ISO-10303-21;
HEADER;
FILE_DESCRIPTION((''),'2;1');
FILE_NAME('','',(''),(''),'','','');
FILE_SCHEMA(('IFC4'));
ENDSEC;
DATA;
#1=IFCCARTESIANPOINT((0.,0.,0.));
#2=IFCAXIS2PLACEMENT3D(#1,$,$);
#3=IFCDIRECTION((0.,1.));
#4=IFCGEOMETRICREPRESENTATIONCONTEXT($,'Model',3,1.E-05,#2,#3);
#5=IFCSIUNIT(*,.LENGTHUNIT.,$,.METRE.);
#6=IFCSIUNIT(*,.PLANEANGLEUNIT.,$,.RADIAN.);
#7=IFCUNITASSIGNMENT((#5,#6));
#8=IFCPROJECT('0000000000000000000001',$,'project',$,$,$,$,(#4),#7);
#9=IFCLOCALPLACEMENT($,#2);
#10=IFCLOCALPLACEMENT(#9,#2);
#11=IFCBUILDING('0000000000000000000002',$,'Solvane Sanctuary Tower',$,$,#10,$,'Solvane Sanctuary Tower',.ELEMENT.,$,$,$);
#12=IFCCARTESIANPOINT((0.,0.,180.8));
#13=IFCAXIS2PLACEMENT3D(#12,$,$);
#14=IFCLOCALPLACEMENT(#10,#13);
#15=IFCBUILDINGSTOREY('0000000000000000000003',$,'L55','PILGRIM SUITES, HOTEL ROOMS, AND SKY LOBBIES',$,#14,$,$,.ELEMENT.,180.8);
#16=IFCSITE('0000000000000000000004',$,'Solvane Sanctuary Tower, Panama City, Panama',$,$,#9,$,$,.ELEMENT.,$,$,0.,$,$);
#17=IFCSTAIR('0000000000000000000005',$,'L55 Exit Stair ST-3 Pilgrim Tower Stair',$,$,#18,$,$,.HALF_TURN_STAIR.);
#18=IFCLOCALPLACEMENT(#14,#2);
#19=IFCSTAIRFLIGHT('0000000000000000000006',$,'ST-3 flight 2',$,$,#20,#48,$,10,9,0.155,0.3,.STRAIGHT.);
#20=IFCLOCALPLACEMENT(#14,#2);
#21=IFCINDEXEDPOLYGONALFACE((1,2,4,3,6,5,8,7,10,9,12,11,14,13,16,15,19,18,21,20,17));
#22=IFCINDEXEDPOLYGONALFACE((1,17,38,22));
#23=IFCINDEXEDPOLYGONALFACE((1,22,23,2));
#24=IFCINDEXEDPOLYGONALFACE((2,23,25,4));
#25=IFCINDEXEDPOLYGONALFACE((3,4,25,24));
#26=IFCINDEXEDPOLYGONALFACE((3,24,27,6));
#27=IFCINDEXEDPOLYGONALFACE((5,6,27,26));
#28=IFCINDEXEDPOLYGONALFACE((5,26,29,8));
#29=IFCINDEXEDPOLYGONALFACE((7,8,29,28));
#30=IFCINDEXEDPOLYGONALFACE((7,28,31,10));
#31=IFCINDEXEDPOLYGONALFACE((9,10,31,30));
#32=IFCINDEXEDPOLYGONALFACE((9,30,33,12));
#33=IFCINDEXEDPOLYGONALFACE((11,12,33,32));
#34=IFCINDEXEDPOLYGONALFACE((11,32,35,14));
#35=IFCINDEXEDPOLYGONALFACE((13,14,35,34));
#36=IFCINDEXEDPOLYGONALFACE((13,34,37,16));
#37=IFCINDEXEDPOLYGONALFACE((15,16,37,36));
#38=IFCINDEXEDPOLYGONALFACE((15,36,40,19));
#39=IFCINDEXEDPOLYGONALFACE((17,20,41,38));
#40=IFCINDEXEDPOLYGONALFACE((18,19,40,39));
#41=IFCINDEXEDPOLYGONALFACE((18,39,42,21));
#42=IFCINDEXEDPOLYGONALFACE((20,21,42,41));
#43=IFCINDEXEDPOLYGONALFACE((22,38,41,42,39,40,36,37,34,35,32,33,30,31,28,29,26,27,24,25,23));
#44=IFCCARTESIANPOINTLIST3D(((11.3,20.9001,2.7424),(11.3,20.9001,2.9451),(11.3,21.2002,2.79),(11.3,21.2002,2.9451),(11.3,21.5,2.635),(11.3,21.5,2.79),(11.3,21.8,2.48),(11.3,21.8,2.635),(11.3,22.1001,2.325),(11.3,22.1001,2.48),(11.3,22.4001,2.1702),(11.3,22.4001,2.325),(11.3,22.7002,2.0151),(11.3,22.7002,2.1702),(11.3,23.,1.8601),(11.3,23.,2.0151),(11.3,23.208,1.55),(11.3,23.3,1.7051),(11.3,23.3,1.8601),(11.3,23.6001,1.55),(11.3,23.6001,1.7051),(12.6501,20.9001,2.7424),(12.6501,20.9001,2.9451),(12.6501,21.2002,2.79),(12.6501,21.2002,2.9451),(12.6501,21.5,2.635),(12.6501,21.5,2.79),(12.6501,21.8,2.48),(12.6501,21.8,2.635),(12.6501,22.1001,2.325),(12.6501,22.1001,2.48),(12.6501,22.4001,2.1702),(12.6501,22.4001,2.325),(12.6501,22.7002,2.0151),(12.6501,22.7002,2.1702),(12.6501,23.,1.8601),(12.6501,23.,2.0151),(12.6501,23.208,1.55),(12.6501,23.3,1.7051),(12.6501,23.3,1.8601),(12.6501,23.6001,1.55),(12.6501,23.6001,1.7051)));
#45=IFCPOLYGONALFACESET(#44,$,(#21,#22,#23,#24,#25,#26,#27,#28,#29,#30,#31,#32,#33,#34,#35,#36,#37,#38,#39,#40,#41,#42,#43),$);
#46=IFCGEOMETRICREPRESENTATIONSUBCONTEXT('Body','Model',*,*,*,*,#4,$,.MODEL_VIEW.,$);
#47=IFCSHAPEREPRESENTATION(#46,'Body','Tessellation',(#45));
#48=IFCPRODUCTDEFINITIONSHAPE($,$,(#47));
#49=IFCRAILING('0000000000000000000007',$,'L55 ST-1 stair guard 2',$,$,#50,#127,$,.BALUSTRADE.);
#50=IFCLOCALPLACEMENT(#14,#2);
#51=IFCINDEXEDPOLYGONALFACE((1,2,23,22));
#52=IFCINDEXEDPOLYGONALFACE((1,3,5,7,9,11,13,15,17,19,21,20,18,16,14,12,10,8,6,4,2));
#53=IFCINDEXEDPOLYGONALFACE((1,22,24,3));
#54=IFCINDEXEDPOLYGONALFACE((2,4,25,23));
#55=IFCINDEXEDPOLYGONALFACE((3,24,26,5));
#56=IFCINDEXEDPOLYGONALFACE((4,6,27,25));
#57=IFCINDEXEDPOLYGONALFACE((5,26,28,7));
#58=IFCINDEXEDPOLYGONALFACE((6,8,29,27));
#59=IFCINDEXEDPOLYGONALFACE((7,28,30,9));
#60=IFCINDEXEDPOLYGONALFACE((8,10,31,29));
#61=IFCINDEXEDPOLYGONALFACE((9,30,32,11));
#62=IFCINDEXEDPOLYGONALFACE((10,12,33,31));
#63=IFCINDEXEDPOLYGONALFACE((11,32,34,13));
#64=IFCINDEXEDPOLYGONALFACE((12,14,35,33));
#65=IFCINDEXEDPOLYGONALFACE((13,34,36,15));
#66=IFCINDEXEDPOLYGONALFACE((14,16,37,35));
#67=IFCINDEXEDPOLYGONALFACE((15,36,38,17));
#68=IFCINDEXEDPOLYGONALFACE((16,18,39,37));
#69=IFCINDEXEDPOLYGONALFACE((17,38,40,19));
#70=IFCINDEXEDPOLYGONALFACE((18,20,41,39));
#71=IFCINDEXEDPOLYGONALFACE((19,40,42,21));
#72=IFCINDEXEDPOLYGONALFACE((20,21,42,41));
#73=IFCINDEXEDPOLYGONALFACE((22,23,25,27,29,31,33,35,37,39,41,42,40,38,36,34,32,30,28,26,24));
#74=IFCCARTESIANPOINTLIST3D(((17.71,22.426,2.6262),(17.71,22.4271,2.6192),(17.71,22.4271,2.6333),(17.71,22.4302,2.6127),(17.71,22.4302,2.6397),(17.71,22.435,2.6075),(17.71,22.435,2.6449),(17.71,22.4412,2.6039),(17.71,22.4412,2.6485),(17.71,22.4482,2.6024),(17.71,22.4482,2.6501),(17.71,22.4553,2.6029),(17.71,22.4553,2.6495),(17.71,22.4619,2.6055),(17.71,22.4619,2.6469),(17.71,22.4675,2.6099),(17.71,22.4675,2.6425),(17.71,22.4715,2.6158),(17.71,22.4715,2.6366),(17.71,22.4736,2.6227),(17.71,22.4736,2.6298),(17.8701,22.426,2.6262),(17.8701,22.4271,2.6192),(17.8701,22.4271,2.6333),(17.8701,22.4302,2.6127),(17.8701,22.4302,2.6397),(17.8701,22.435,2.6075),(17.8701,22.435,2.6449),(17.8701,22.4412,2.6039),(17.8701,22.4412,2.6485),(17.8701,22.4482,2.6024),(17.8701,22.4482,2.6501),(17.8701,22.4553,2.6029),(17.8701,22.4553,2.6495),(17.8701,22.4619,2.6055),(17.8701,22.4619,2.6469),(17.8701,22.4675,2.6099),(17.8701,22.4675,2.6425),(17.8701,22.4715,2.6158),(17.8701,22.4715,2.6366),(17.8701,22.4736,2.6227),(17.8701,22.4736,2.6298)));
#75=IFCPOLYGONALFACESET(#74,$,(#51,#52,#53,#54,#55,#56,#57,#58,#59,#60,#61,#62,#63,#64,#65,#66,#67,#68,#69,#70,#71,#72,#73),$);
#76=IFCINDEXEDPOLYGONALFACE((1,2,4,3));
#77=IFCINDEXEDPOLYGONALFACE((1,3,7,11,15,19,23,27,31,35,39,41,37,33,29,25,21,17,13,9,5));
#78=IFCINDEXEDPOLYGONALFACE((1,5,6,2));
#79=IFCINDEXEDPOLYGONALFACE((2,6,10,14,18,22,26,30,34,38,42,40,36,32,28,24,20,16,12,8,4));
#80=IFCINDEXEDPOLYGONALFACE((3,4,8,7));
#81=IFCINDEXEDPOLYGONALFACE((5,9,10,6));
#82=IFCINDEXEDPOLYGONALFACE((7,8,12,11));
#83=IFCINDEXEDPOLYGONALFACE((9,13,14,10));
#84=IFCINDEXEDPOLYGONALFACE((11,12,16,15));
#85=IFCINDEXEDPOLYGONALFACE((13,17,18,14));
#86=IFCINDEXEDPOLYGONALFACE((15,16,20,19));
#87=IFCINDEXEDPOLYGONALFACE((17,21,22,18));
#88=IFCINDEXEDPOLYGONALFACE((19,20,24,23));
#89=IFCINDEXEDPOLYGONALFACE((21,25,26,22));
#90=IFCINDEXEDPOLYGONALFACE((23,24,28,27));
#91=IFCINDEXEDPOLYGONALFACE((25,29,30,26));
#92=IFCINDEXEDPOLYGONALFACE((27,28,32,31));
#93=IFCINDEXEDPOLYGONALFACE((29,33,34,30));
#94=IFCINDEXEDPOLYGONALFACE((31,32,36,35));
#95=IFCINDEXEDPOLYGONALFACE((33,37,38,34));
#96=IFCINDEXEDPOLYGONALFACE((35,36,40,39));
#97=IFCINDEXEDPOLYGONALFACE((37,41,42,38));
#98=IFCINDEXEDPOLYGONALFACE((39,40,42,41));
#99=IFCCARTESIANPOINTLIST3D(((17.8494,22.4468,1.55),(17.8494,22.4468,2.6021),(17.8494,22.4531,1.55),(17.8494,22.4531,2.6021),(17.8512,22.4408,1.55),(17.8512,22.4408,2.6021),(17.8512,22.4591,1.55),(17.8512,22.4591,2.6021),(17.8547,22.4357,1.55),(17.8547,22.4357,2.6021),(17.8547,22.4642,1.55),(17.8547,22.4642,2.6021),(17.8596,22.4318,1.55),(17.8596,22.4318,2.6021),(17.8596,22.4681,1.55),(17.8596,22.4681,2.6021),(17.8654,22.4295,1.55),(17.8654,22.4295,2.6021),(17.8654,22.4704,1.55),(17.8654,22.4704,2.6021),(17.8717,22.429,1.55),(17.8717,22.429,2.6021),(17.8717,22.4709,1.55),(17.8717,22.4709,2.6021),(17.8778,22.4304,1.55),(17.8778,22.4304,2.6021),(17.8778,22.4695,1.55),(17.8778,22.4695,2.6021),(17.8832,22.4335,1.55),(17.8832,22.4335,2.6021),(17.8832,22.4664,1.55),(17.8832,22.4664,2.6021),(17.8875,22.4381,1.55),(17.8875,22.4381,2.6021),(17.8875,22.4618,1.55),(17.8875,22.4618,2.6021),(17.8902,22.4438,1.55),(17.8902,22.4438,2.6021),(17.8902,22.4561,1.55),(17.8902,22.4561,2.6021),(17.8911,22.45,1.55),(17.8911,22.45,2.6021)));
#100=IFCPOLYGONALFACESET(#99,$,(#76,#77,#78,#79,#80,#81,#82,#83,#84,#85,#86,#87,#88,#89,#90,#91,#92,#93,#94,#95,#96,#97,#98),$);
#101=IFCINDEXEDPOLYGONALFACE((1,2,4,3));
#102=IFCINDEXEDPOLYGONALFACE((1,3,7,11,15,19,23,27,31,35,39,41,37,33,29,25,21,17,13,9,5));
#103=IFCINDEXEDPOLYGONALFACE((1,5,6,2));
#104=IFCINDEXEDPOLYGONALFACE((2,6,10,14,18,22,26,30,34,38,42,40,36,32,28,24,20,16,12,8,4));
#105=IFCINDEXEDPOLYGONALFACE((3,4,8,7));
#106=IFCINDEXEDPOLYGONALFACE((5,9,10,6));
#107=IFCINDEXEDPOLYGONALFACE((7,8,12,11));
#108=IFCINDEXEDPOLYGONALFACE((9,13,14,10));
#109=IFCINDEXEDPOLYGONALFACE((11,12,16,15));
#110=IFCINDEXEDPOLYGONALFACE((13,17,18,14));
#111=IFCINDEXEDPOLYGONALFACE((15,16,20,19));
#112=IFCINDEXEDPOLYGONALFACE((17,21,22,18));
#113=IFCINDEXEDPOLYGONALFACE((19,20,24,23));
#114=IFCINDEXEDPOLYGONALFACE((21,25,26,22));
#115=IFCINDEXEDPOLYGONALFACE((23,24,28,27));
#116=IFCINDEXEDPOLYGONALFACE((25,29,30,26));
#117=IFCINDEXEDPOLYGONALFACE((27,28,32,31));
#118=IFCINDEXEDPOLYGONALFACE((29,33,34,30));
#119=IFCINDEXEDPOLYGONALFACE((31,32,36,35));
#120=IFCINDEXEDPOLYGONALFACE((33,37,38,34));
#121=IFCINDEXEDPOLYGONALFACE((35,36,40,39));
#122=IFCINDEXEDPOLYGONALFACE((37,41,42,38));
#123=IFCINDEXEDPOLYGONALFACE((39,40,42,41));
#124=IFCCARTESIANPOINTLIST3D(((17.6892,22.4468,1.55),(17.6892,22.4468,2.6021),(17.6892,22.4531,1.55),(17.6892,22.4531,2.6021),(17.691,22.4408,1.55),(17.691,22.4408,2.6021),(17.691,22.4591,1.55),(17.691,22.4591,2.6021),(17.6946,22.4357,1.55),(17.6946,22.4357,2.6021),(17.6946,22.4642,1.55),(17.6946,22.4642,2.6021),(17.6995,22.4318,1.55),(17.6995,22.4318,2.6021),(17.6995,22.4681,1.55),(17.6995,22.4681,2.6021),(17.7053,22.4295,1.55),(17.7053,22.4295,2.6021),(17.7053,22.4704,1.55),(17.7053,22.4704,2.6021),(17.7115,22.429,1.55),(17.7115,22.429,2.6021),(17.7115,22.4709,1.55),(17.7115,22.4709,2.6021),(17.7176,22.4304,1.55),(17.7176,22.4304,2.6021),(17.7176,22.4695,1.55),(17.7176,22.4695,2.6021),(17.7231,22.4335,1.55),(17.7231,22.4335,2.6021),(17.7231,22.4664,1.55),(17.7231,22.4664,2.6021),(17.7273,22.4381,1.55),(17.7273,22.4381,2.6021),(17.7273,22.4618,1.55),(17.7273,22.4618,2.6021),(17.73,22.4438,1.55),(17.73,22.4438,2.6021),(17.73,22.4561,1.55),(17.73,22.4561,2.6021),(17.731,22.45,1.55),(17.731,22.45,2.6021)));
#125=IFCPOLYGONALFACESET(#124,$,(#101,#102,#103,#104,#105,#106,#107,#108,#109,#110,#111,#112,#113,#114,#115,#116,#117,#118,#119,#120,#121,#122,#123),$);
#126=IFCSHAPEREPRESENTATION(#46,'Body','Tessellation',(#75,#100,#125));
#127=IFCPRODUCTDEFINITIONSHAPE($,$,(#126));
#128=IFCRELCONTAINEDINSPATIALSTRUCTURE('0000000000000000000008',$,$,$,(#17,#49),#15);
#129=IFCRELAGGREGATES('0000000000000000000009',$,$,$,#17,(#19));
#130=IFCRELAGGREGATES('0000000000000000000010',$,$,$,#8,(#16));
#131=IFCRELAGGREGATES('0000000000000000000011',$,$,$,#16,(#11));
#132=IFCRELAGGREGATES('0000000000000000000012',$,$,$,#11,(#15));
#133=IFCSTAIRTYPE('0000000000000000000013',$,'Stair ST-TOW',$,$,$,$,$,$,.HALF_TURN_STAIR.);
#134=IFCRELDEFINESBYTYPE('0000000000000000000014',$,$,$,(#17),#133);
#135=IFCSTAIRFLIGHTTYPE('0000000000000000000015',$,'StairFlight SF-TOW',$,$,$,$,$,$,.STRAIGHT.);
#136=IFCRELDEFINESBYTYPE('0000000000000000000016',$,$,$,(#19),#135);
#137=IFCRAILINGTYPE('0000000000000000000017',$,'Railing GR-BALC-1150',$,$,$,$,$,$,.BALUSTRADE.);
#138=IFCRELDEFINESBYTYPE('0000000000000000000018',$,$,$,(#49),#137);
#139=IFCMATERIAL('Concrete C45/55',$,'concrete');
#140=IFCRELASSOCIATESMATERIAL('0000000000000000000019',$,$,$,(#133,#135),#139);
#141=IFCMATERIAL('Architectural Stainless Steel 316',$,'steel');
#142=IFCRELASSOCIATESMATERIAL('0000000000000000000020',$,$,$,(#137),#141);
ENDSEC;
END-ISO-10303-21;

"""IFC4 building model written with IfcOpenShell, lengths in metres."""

from ifc_helpers import new_model, si_unit, direction, frame, origin, origin_2d, place, context, subcontext, project, spatial, polyline, circle, outline, extrude, material, type_object, element, aggregate, save


model = new_model("IFC4")

# Units and contexts
model_context = context("Model", 3, precision=1e-05, world=origin(), true_north=direction((0.0, 1.0)))
body_context = subcontext(model_context, "Body", "Model", "MODEL_VIEW")
ifc_project = project(units=[si_unit("LENGTHUNIT", "METRE"), si_unit("PLANEANGLEUNIT", "RADIAN")], contexts=[model_context])

# Site, building, storey
site_placement = place(None, origin())
site = spatial("IfcSite", under=ifc_project, at=site_placement, Name="Solvane Sanctuary Tower, Panama City, Panama", CompositionType="ELEMENT", RefElevation=0.0)
building_placement = place(site_placement, origin())
building = spatial("IfcBuilding", under=site, at=building_placement, Name="Solvane Sanctuary Tower", LongName="Solvane Sanctuary Tower", CompositionType="ELEMENT")
storey_placement = place(building_placement, frame((0.0, 0.0, 180.8)))
storey = spatial("IfcBuildingStorey", under=building, at=storey_placement, Name="L55", Description="PILGRIM SUITES, HOTEL ROOMS, AND SKY LOBBIES", CompositionType="ELEMENT", Elevation=180.8)

# Stair, stair flight
ifc_material_1 = material(Name="Concrete C45/55", Category="concrete")
stair_type = type_object("IfcStairType", Name="Stair ST-TOW", PredefinedType="HALF_TURN_STAIR", material=ifc_material_1)
stair_flight_type = type_object("IfcStairFlightType", Name="StairFlight SF-TOW", PredefinedType="STRAIGHT", material=ifc_material_1)
stair_1_placement = place(storey_placement, origin())
stair_1 = element("IfcStair", 1, at=stair_1_placement, inside=storey, type_object=stair_type, Name="L55 Exit Stair ST-3 Pilgrim Tower Stair", PredefinedType="HALF_TURN_STAIR")
stair_flight_1_placement = place(storey_placement, frame((11.9751, 23.6001, 1.55), z_axis=(0.0, 0.0, 1.0), x_axis=(0.0, -1.0, 0.0)))
stair_flight_1 = element("IfcStairFlight", 2, at=stair_flight_1_placement, type_object=stair_flight_type, Name="ST-3 flight 2", NumberOfRisers=10, NumberOfTreads=9, PredefinedType="STRAIGHT", RiserHeight=0.155, TreadLength=0.3, context=body_context, shape_type="SweptSolid", body=[
    extrude(outline(polyline([(0.0, 0.0), (0.0, 0.155), (0.3, 0.155), (0.3, 0.3101), (0.6001, 0.3101), (0.6001, 0.4651), (0.8999, 0.4651), (0.8999, 0.6201), (1.2, 0.6201), (1.2, 0.7749), (1.5, 0.7749), (1.5, 0.9299), (1.8, 0.9299), (1.8, 1.085), (2.1001, 1.085), (2.1001, 1.24), (2.3999, 1.24), (2.3999, 1.395), (2.7, 1.395), (2.7, 1.55), (2.7, 1.1924), (0.3921, 0.0), (0.0, 0.0)])), frame((0.0, 0.675, 0.0), z_axis=(0.0, -1.0, 0.0), x_axis=(1.0, 0.0, 0.0)), (0.0, 0.0, 1.0), 1.3501),
])
aggregate(stair_1, [stair_flight_1])

# Railing
ifc_material_2 = material(Name="Architectural Stainless Steel 316", Category="steel")
railing_type_1 = type_object("IfcRailingType", Name="Railing GR-BALC-1150", PredefinedType="BALUSTRADE", material=ifc_material_2)
railing_1_placement = place(storey_placement, frame((17.8701, 22.45, 1.55)))
element("IfcRailing", 3, at=railing_1_placement, inside=storey, type_object=railing_type_1, Name="L55 ST-1 stair guard 2", PredefinedType="BALUSTRADE", context=body_context, shape_type="SweptSolid", body=[
    extrude(circle(Radius=0.0239, at=origin_2d()), frame((0.0, 0.0, 1.0762), z_axis=(-1.0, 0.0, 0.0), x_axis=(0.0, -1.0, 0.0)), (0.0, 0.0, 1.0), 0.1602),
    extrude(circle(Radius=0.021, at=origin_2d()), origin(), (0.0, 0.0, 1.0), 1.052),
    extrude(circle(Radius=0.021, at=origin_2d()), frame((-0.1602, 0.0, 0.0)), (0.0, 0.0, 1.0), 1.052),
])

save(model, "model.ifc")
